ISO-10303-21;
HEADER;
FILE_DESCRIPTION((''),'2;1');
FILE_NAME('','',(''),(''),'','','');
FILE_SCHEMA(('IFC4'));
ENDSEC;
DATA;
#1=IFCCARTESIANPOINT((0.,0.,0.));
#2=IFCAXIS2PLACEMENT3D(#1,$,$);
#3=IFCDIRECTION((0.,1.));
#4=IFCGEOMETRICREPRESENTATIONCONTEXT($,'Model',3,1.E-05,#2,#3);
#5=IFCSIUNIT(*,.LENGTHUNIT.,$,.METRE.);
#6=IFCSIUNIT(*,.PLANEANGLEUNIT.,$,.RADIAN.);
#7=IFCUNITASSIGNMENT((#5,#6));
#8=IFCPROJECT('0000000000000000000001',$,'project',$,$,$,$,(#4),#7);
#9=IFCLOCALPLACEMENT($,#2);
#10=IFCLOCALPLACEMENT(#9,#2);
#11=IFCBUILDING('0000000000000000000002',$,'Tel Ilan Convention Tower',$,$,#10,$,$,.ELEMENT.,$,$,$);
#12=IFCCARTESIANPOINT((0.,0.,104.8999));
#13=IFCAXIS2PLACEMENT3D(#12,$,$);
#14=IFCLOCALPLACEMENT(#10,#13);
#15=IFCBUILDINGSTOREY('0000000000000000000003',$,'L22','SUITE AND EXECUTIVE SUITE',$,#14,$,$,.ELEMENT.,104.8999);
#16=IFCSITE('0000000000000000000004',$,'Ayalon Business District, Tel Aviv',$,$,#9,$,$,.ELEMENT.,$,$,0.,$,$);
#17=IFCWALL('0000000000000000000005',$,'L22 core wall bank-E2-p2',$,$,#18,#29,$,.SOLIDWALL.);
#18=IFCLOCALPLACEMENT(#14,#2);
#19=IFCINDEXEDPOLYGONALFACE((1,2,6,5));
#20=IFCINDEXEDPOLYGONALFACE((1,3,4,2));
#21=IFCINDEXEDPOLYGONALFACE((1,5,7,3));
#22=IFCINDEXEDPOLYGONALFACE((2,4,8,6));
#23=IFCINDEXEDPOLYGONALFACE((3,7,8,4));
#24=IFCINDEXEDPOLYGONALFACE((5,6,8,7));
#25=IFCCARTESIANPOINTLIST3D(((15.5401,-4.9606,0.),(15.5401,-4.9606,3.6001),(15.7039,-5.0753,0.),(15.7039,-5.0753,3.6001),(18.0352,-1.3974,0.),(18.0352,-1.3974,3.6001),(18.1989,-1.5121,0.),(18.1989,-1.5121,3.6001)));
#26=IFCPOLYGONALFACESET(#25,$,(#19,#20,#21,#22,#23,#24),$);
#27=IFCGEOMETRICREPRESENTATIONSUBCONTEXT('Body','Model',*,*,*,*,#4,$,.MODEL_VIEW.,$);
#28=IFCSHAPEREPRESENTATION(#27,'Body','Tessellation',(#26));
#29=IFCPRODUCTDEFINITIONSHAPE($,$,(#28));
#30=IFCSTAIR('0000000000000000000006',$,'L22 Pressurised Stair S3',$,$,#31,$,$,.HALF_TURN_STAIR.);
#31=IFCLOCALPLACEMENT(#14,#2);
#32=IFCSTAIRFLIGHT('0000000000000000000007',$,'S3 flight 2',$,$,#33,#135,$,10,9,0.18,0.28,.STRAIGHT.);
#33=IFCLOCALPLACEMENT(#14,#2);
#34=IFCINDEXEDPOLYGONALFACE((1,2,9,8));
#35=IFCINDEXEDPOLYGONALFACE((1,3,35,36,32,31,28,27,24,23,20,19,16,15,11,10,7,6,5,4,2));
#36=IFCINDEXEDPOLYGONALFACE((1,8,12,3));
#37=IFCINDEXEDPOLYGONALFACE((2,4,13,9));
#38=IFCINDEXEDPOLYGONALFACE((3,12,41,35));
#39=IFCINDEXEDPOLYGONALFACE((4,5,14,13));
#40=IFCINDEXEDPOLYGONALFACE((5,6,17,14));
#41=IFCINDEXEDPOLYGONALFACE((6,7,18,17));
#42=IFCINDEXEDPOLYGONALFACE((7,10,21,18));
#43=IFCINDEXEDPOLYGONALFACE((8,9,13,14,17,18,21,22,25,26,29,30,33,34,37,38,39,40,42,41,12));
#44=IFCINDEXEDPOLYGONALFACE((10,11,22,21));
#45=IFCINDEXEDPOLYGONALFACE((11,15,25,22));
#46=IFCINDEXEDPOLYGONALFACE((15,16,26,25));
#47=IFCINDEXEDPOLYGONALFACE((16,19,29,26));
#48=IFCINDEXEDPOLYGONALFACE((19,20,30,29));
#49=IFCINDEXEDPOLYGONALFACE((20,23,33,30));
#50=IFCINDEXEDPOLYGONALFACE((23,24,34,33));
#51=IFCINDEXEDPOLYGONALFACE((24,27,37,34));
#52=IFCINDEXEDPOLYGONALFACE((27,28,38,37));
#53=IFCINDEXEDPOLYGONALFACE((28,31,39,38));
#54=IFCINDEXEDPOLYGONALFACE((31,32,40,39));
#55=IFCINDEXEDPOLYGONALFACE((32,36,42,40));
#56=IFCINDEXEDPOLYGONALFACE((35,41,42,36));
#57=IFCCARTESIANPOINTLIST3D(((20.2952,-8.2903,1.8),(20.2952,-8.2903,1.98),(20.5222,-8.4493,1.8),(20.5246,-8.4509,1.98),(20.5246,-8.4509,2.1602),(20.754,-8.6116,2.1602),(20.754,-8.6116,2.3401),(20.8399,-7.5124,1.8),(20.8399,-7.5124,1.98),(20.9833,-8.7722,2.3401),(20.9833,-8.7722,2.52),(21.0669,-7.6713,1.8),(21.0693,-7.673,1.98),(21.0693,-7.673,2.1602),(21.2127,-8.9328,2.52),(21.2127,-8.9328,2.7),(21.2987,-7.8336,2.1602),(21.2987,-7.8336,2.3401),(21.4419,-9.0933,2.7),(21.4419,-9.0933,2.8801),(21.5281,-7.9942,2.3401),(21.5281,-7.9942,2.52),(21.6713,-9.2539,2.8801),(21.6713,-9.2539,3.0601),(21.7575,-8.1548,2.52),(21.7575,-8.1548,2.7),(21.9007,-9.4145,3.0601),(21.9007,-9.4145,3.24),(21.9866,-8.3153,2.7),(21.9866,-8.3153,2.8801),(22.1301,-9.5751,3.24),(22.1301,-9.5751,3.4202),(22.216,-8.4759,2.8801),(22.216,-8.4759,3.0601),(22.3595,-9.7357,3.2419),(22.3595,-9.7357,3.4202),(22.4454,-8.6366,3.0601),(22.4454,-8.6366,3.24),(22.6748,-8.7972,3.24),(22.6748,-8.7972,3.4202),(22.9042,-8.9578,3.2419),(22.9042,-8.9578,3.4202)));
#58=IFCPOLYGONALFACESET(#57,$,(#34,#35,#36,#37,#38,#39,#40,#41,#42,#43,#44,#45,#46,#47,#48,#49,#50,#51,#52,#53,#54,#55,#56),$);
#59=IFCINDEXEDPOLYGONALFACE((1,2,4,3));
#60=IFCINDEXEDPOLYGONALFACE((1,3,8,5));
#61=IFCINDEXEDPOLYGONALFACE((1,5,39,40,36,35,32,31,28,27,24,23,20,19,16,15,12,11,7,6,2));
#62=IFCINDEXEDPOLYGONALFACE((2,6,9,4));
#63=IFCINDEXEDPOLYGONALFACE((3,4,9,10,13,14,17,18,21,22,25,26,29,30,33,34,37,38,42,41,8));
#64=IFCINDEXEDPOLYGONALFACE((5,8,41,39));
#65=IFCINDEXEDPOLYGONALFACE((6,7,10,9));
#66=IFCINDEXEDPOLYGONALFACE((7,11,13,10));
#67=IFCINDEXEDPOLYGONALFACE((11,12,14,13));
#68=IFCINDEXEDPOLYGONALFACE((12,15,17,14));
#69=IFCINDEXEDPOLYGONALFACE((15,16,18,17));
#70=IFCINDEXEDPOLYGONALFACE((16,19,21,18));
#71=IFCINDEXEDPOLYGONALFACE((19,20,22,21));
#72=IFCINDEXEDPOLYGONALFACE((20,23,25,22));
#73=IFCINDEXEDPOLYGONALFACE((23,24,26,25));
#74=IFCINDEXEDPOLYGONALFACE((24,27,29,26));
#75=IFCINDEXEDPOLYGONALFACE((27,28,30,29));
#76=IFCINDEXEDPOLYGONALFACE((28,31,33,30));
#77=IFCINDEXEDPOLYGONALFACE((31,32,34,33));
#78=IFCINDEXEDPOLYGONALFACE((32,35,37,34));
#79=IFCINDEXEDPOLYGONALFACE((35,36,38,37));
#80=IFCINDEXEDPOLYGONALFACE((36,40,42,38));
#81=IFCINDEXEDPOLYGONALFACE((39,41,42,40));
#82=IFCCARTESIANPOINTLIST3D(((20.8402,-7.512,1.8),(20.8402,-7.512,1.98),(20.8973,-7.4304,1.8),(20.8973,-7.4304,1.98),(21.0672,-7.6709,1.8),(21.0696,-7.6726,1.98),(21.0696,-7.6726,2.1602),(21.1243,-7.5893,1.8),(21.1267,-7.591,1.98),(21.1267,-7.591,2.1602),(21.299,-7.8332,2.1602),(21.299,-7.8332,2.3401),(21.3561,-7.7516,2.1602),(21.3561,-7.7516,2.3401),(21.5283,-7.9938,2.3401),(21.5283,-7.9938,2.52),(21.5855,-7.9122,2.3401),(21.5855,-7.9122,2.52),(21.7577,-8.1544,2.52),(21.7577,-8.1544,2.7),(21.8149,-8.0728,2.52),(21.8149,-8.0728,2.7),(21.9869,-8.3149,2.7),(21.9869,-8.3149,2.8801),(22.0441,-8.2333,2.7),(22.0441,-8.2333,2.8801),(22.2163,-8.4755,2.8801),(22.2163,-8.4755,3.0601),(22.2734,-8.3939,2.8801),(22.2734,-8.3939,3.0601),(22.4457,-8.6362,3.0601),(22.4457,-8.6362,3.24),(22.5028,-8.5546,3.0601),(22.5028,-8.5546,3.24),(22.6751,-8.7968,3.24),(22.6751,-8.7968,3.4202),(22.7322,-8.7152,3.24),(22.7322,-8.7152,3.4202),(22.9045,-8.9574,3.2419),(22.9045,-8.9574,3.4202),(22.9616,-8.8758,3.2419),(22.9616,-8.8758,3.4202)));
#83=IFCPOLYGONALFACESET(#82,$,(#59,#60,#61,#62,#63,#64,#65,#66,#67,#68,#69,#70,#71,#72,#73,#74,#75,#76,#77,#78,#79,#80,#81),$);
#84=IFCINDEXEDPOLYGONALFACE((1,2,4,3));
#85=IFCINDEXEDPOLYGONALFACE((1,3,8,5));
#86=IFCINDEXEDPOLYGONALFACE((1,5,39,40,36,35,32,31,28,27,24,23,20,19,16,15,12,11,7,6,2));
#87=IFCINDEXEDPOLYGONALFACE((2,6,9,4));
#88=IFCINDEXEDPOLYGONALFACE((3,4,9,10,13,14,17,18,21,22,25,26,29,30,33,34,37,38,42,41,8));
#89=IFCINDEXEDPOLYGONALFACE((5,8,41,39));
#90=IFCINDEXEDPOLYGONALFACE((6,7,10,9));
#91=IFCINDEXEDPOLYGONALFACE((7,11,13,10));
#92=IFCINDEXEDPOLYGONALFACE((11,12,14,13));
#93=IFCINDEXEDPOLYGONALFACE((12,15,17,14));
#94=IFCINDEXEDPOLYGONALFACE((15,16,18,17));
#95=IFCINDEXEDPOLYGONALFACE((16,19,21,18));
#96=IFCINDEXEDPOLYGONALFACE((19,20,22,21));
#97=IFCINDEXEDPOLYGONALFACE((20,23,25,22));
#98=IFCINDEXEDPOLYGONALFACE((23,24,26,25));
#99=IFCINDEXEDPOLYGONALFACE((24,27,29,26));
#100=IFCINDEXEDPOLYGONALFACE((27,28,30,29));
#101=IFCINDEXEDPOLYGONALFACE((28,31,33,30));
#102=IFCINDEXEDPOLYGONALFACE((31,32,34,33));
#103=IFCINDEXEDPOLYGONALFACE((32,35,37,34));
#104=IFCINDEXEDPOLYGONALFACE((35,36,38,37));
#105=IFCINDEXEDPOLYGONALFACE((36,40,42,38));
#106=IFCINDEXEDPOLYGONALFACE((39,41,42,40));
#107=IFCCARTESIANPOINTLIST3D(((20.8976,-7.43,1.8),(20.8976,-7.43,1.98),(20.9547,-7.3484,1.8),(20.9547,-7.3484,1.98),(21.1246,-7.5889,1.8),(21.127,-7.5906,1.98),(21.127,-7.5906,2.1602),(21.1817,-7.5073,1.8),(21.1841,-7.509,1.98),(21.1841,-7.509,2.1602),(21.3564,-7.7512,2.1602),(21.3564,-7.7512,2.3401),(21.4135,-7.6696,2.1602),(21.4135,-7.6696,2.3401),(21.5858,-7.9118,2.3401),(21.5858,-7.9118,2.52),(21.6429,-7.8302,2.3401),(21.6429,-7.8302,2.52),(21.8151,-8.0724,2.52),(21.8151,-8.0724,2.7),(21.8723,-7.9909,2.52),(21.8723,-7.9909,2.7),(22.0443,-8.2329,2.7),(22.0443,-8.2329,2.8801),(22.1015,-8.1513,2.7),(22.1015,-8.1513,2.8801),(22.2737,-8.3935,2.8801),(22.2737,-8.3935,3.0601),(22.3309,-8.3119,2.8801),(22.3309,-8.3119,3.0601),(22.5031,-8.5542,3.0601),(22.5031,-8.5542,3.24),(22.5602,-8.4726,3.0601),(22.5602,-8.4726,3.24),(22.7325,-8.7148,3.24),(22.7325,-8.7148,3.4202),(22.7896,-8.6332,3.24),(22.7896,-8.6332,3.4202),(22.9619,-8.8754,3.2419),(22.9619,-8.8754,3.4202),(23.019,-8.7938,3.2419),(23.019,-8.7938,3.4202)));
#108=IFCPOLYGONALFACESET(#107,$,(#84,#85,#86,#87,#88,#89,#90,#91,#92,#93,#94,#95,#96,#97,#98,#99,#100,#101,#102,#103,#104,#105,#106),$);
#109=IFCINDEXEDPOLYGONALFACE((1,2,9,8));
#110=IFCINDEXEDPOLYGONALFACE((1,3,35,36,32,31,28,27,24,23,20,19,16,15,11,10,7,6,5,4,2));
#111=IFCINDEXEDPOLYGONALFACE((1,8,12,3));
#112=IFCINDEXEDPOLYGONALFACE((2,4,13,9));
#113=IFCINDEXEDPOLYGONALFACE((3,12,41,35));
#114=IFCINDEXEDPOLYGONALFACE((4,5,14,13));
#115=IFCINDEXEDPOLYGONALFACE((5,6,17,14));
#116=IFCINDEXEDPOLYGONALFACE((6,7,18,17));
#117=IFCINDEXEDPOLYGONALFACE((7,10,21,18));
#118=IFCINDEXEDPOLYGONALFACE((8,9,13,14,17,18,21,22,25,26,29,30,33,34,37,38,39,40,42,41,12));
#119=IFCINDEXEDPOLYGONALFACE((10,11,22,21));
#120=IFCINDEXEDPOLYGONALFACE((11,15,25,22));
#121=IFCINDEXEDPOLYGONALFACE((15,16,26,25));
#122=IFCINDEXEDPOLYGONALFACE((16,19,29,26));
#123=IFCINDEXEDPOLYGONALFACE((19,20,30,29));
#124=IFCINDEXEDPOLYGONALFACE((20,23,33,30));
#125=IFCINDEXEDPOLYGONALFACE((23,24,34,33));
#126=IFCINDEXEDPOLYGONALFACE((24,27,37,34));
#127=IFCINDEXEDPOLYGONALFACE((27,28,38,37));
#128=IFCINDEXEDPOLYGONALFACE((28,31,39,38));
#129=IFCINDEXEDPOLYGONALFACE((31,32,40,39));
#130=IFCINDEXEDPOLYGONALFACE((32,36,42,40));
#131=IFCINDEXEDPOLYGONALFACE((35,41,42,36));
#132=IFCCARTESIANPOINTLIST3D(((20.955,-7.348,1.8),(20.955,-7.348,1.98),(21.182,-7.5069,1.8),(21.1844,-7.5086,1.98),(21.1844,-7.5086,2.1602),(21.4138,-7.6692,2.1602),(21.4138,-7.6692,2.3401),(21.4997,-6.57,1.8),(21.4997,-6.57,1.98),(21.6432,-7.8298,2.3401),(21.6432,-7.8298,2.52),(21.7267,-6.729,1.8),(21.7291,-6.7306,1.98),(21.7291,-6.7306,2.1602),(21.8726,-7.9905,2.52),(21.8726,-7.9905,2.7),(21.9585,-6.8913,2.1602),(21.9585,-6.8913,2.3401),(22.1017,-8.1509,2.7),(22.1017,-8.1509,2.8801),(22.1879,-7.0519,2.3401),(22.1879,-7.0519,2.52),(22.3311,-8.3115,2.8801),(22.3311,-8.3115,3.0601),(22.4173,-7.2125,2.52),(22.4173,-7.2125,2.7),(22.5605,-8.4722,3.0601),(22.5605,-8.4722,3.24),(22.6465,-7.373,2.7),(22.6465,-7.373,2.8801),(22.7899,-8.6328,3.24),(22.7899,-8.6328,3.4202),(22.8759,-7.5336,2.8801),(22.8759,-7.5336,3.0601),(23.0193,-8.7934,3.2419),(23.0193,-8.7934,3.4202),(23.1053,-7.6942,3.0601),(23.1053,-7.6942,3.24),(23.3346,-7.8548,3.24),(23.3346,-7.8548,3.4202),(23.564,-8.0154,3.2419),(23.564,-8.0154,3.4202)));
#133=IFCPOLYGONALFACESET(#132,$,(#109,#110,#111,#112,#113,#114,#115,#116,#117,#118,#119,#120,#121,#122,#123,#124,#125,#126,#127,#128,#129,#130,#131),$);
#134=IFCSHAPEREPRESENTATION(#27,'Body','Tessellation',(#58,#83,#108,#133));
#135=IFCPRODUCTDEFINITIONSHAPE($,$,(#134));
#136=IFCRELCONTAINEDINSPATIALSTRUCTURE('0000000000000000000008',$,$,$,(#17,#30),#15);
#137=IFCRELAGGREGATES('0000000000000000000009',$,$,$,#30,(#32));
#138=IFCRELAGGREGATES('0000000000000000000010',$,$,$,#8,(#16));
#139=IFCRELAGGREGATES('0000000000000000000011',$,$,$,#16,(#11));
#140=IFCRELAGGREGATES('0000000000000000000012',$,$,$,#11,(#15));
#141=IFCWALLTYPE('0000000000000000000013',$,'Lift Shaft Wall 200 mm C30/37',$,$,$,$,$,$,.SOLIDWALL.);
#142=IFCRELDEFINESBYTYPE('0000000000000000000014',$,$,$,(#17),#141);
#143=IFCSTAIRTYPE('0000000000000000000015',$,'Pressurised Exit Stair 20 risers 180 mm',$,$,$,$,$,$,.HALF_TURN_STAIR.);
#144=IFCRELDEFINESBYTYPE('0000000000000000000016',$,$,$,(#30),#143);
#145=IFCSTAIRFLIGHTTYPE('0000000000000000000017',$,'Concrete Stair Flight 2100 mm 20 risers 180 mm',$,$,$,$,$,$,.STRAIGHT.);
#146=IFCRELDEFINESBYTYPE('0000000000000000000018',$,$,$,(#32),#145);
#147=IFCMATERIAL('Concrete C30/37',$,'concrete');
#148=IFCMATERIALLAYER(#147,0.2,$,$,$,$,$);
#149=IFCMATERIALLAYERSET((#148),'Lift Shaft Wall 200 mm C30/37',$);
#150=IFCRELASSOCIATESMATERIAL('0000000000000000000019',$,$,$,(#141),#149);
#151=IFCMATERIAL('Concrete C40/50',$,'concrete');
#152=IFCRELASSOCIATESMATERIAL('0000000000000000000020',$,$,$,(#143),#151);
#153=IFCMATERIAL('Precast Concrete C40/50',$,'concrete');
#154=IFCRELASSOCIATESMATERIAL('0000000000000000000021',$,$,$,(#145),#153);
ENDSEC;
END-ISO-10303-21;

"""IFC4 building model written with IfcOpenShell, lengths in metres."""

from ifc_helpers import new_model, si_unit, direction, frame, frame_2d, origin, place, context, subcontext, project, spatial, polyline, rectangle, outline, extrude, material, layer, layer_set, type_object, element, aggregate, save


model = new_model("IFC4")

# Units and contexts
model_context = context("Model", 3, precision=1e-05, world=origin(), true_north=direction((0.0, 1.0)))
body_context = subcontext(model_context, "Body", "Model", "MODEL_VIEW")
ifc_project = project(units=[si_unit("LENGTHUNIT", "METRE"), si_unit("PLANEANGLEUNIT", "RADIAN")], contexts=[model_context])

# Site, building, storey
site_placement = place(None, origin())
site = spatial("IfcSite", under=ifc_project, at=site_placement, Name="Ayalon Business District, Tel Aviv", CompositionType="ELEMENT", RefElevation=0.0)
building_placement = place(site_placement, origin())
building = spatial("IfcBuilding", under=site, at=building_placement, Name="Tel Ilan Convention Tower", CompositionType="ELEMENT")
storey_placement = place(building_placement, frame((0.0, 0.0, 104.8999)))
storey = spatial("IfcBuildingStorey", under=building, at=storey_placement, Name="L22", Description="SUITE AND EXECUTIVE SUITE", CompositionType="ELEMENT", Elevation=104.8999)

# Wall
ifc_material_1 = material(Name="Concrete C30/37", Category="concrete")
ifc_layer_1 = layer(ifc_material_1, 0.2)
ifc_layer_set_1 = layer_set([ifc_layer_1], Name="Lift Shaft Wall 200 mm C30/37")
wall_type_1 = type_object("IfcWallType", Name="Lift Shaft Wall 200 mm C30/37", PredefinedType="SOLIDWALL", material=ifc_layer_set_1)
wall_1_placement = place(storey_placement, frame((15.6221, -5.0178, 0.0), z_axis=(0.0, 0.0, 1.0), x_axis=(0.573594, 0.81914, 0.0)))
element("IfcWall", 1, at=wall_1_placement, inside=storey, type_object=wall_type_1, Name="L22 core wall bank-E2-p2", PredefinedType="SOLIDWALL", context=body_context, shape_type="SweptSolid", body=[
    extrude(rectangle(XDim=4.3499, YDim=0.2, at=frame_2d((2.1748, 0.0))), origin(), (0.0, 0.0, 1.0), 3.6001),
])

# Stair, stair flight
ifc_material_2 = material(Name="Concrete C40/50", Category="concrete")
stair_type = type_object("IfcStairType", Name="Pressurised Exit Stair 20 risers 180 mm", PredefinedType="HALF_TURN_STAIR", material=ifc_material_2)
stair_1_placement = place(storey_placement, origin())
stair_1 = element("IfcStair", 2, at=stair_1_placement, inside=storey, type_object=stair_type, Name="L22 Pressurised Stair S3", PredefinedType="HALF_TURN_STAIR")
ifc_material_3 = material(Name="Precast Concrete C40/50", Category="concrete")
stair_flight_type = type_object("IfcStairFlightType", Name="Concrete Stair Flight 2100 mm 20 risers 180 mm", PredefinedType="STRAIGHT", material=ifc_material_3)
stair_flight_1_placement = place(storey_placement, frame((20.8975, -7.4302, 1.8), z_axis=(0.0, 0.0, 1.0), x_axis=(0.819152, -0.573576, 0.0)))
stair_flight_1 = element("IfcStairFlight", 3, at=stair_flight_1_placement, type_object=stair_flight_type, Name="S3 flight 2", NumberOfRisers=10, NumberOfTreads=9, PredefinedType="STRAIGHT", RiserHeight=0.18, TreadLength=0.28, context=body_context, shape_type="SweptSolid", body=[
    extrude(outline(polyline([(0.0, 0.0), (0.0, 0.1799), (0.28, 0.1799), (0.28, 0.3601), (0.5601, 0.3601), (0.5601, 0.54), (0.8401, 0.54), (0.8401, 0.72), (1.1201, 0.72), (1.1201, 0.8999), (1.3999, 0.8999), (1.3999, 1.0801), (1.6799, 1.0801), (1.6799, 1.26), (1.96, 1.26), (1.96, 1.4399), (2.24, 1.4399), (2.24, 1.6201), (2.52, 1.6201), (2.52, 1.8), (2.52, 1.4419), (0.2771, 0.0), (0.0, 0.0)])), frame((0.0, -0.1003, 0.0), z_axis=(0.0, -1.0, 0.0), x_axis=(1.0, 0.0, 0.0)), (0.0, 0.0, 1.0), 0.9497),
    extrude(outline(polyline([(0.0, 0.0), (0.0, 0.1799), (0.28, 0.1799), (0.28, 0.3601), (0.5601, 0.3601), (0.5601, 0.54), (0.8401, 0.54), (0.8401, 0.72), (1.1201, 0.72), (1.1201, 0.8999), (1.3999, 0.8999), (1.3999, 1.0801), (1.6799, 1.0801), (1.6799, 1.26), (1.96, 1.26), (1.96, 1.4399), (2.24, 1.4399), (2.24, 1.6201), (2.52, 1.6201), (2.52, 1.8), (2.52, 1.4419), (0.2771, 0.0), (0.0, 0.0)])), frame((0.0, -0.0002, 0.0), z_axis=(0.0, -1.0, 0.0), x_axis=(1.0, 0.0, 0.0)), (0.0, 0.0, 1.0), 0.0996),
    extrude(outline(polyline([(0.0, 0.0), (0.0, 0.1799), (0.28, 0.1799), (0.28, 0.3601), (0.5601, 0.3601), (0.5601, 0.54), (0.8401, 0.54), (0.8401, 0.72), (1.1201, 0.72), (1.1201, 0.8999), (1.3999, 0.8999), (1.3999, 1.0801), (1.6799, 1.0801), (1.6799, 1.26), (1.96, 1.26), (1.96, 1.4399), (2.24, 1.4399), (2.24, 1.6201), (2.52, 1.6201), (2.52, 1.8), (2.52, 1.4419), (0.2771, 0.0), (0.0, 0.0)])), frame((0.0, 0.0999, 0.0), z_axis=(0.0, -1.0, 0.0), x_axis=(1.0, 0.0, 0.0)), (0.0, 0.0, 1.0), 0.0996),
    extrude(outline(polyline([(0.0, 0.0), (0.0, 0.1799), (0.28, 0.1799), (0.28, 0.3601), (0.5601, 0.3601), (0.5601, 0.54), (0.8401, 0.54), (0.8401, 0.72), (1.1201, 0.72), (1.1201, 0.8999), (1.3999, 0.8999), (1.3999, 1.0801), (1.6799, 1.0801), (1.6799, 1.26), (1.96, 1.26), (1.96, 1.4399), (2.24, 1.4399), (2.24, 1.6201), (2.52, 1.6201), (2.52, 1.8), (2.52, 1.4419), (0.2771, 0.0), (0.0, 0.0)])), frame((0.0, 1.05, 0.0), z_axis=(0.0, -1.0, 0.0), x_axis=(1.0, 0.0, 0.0)), (0.0, 0.0, 1.0), 0.9497),
])
aggregate(stair_1, [stair_flight_1])

save(model, "model.ifc")
